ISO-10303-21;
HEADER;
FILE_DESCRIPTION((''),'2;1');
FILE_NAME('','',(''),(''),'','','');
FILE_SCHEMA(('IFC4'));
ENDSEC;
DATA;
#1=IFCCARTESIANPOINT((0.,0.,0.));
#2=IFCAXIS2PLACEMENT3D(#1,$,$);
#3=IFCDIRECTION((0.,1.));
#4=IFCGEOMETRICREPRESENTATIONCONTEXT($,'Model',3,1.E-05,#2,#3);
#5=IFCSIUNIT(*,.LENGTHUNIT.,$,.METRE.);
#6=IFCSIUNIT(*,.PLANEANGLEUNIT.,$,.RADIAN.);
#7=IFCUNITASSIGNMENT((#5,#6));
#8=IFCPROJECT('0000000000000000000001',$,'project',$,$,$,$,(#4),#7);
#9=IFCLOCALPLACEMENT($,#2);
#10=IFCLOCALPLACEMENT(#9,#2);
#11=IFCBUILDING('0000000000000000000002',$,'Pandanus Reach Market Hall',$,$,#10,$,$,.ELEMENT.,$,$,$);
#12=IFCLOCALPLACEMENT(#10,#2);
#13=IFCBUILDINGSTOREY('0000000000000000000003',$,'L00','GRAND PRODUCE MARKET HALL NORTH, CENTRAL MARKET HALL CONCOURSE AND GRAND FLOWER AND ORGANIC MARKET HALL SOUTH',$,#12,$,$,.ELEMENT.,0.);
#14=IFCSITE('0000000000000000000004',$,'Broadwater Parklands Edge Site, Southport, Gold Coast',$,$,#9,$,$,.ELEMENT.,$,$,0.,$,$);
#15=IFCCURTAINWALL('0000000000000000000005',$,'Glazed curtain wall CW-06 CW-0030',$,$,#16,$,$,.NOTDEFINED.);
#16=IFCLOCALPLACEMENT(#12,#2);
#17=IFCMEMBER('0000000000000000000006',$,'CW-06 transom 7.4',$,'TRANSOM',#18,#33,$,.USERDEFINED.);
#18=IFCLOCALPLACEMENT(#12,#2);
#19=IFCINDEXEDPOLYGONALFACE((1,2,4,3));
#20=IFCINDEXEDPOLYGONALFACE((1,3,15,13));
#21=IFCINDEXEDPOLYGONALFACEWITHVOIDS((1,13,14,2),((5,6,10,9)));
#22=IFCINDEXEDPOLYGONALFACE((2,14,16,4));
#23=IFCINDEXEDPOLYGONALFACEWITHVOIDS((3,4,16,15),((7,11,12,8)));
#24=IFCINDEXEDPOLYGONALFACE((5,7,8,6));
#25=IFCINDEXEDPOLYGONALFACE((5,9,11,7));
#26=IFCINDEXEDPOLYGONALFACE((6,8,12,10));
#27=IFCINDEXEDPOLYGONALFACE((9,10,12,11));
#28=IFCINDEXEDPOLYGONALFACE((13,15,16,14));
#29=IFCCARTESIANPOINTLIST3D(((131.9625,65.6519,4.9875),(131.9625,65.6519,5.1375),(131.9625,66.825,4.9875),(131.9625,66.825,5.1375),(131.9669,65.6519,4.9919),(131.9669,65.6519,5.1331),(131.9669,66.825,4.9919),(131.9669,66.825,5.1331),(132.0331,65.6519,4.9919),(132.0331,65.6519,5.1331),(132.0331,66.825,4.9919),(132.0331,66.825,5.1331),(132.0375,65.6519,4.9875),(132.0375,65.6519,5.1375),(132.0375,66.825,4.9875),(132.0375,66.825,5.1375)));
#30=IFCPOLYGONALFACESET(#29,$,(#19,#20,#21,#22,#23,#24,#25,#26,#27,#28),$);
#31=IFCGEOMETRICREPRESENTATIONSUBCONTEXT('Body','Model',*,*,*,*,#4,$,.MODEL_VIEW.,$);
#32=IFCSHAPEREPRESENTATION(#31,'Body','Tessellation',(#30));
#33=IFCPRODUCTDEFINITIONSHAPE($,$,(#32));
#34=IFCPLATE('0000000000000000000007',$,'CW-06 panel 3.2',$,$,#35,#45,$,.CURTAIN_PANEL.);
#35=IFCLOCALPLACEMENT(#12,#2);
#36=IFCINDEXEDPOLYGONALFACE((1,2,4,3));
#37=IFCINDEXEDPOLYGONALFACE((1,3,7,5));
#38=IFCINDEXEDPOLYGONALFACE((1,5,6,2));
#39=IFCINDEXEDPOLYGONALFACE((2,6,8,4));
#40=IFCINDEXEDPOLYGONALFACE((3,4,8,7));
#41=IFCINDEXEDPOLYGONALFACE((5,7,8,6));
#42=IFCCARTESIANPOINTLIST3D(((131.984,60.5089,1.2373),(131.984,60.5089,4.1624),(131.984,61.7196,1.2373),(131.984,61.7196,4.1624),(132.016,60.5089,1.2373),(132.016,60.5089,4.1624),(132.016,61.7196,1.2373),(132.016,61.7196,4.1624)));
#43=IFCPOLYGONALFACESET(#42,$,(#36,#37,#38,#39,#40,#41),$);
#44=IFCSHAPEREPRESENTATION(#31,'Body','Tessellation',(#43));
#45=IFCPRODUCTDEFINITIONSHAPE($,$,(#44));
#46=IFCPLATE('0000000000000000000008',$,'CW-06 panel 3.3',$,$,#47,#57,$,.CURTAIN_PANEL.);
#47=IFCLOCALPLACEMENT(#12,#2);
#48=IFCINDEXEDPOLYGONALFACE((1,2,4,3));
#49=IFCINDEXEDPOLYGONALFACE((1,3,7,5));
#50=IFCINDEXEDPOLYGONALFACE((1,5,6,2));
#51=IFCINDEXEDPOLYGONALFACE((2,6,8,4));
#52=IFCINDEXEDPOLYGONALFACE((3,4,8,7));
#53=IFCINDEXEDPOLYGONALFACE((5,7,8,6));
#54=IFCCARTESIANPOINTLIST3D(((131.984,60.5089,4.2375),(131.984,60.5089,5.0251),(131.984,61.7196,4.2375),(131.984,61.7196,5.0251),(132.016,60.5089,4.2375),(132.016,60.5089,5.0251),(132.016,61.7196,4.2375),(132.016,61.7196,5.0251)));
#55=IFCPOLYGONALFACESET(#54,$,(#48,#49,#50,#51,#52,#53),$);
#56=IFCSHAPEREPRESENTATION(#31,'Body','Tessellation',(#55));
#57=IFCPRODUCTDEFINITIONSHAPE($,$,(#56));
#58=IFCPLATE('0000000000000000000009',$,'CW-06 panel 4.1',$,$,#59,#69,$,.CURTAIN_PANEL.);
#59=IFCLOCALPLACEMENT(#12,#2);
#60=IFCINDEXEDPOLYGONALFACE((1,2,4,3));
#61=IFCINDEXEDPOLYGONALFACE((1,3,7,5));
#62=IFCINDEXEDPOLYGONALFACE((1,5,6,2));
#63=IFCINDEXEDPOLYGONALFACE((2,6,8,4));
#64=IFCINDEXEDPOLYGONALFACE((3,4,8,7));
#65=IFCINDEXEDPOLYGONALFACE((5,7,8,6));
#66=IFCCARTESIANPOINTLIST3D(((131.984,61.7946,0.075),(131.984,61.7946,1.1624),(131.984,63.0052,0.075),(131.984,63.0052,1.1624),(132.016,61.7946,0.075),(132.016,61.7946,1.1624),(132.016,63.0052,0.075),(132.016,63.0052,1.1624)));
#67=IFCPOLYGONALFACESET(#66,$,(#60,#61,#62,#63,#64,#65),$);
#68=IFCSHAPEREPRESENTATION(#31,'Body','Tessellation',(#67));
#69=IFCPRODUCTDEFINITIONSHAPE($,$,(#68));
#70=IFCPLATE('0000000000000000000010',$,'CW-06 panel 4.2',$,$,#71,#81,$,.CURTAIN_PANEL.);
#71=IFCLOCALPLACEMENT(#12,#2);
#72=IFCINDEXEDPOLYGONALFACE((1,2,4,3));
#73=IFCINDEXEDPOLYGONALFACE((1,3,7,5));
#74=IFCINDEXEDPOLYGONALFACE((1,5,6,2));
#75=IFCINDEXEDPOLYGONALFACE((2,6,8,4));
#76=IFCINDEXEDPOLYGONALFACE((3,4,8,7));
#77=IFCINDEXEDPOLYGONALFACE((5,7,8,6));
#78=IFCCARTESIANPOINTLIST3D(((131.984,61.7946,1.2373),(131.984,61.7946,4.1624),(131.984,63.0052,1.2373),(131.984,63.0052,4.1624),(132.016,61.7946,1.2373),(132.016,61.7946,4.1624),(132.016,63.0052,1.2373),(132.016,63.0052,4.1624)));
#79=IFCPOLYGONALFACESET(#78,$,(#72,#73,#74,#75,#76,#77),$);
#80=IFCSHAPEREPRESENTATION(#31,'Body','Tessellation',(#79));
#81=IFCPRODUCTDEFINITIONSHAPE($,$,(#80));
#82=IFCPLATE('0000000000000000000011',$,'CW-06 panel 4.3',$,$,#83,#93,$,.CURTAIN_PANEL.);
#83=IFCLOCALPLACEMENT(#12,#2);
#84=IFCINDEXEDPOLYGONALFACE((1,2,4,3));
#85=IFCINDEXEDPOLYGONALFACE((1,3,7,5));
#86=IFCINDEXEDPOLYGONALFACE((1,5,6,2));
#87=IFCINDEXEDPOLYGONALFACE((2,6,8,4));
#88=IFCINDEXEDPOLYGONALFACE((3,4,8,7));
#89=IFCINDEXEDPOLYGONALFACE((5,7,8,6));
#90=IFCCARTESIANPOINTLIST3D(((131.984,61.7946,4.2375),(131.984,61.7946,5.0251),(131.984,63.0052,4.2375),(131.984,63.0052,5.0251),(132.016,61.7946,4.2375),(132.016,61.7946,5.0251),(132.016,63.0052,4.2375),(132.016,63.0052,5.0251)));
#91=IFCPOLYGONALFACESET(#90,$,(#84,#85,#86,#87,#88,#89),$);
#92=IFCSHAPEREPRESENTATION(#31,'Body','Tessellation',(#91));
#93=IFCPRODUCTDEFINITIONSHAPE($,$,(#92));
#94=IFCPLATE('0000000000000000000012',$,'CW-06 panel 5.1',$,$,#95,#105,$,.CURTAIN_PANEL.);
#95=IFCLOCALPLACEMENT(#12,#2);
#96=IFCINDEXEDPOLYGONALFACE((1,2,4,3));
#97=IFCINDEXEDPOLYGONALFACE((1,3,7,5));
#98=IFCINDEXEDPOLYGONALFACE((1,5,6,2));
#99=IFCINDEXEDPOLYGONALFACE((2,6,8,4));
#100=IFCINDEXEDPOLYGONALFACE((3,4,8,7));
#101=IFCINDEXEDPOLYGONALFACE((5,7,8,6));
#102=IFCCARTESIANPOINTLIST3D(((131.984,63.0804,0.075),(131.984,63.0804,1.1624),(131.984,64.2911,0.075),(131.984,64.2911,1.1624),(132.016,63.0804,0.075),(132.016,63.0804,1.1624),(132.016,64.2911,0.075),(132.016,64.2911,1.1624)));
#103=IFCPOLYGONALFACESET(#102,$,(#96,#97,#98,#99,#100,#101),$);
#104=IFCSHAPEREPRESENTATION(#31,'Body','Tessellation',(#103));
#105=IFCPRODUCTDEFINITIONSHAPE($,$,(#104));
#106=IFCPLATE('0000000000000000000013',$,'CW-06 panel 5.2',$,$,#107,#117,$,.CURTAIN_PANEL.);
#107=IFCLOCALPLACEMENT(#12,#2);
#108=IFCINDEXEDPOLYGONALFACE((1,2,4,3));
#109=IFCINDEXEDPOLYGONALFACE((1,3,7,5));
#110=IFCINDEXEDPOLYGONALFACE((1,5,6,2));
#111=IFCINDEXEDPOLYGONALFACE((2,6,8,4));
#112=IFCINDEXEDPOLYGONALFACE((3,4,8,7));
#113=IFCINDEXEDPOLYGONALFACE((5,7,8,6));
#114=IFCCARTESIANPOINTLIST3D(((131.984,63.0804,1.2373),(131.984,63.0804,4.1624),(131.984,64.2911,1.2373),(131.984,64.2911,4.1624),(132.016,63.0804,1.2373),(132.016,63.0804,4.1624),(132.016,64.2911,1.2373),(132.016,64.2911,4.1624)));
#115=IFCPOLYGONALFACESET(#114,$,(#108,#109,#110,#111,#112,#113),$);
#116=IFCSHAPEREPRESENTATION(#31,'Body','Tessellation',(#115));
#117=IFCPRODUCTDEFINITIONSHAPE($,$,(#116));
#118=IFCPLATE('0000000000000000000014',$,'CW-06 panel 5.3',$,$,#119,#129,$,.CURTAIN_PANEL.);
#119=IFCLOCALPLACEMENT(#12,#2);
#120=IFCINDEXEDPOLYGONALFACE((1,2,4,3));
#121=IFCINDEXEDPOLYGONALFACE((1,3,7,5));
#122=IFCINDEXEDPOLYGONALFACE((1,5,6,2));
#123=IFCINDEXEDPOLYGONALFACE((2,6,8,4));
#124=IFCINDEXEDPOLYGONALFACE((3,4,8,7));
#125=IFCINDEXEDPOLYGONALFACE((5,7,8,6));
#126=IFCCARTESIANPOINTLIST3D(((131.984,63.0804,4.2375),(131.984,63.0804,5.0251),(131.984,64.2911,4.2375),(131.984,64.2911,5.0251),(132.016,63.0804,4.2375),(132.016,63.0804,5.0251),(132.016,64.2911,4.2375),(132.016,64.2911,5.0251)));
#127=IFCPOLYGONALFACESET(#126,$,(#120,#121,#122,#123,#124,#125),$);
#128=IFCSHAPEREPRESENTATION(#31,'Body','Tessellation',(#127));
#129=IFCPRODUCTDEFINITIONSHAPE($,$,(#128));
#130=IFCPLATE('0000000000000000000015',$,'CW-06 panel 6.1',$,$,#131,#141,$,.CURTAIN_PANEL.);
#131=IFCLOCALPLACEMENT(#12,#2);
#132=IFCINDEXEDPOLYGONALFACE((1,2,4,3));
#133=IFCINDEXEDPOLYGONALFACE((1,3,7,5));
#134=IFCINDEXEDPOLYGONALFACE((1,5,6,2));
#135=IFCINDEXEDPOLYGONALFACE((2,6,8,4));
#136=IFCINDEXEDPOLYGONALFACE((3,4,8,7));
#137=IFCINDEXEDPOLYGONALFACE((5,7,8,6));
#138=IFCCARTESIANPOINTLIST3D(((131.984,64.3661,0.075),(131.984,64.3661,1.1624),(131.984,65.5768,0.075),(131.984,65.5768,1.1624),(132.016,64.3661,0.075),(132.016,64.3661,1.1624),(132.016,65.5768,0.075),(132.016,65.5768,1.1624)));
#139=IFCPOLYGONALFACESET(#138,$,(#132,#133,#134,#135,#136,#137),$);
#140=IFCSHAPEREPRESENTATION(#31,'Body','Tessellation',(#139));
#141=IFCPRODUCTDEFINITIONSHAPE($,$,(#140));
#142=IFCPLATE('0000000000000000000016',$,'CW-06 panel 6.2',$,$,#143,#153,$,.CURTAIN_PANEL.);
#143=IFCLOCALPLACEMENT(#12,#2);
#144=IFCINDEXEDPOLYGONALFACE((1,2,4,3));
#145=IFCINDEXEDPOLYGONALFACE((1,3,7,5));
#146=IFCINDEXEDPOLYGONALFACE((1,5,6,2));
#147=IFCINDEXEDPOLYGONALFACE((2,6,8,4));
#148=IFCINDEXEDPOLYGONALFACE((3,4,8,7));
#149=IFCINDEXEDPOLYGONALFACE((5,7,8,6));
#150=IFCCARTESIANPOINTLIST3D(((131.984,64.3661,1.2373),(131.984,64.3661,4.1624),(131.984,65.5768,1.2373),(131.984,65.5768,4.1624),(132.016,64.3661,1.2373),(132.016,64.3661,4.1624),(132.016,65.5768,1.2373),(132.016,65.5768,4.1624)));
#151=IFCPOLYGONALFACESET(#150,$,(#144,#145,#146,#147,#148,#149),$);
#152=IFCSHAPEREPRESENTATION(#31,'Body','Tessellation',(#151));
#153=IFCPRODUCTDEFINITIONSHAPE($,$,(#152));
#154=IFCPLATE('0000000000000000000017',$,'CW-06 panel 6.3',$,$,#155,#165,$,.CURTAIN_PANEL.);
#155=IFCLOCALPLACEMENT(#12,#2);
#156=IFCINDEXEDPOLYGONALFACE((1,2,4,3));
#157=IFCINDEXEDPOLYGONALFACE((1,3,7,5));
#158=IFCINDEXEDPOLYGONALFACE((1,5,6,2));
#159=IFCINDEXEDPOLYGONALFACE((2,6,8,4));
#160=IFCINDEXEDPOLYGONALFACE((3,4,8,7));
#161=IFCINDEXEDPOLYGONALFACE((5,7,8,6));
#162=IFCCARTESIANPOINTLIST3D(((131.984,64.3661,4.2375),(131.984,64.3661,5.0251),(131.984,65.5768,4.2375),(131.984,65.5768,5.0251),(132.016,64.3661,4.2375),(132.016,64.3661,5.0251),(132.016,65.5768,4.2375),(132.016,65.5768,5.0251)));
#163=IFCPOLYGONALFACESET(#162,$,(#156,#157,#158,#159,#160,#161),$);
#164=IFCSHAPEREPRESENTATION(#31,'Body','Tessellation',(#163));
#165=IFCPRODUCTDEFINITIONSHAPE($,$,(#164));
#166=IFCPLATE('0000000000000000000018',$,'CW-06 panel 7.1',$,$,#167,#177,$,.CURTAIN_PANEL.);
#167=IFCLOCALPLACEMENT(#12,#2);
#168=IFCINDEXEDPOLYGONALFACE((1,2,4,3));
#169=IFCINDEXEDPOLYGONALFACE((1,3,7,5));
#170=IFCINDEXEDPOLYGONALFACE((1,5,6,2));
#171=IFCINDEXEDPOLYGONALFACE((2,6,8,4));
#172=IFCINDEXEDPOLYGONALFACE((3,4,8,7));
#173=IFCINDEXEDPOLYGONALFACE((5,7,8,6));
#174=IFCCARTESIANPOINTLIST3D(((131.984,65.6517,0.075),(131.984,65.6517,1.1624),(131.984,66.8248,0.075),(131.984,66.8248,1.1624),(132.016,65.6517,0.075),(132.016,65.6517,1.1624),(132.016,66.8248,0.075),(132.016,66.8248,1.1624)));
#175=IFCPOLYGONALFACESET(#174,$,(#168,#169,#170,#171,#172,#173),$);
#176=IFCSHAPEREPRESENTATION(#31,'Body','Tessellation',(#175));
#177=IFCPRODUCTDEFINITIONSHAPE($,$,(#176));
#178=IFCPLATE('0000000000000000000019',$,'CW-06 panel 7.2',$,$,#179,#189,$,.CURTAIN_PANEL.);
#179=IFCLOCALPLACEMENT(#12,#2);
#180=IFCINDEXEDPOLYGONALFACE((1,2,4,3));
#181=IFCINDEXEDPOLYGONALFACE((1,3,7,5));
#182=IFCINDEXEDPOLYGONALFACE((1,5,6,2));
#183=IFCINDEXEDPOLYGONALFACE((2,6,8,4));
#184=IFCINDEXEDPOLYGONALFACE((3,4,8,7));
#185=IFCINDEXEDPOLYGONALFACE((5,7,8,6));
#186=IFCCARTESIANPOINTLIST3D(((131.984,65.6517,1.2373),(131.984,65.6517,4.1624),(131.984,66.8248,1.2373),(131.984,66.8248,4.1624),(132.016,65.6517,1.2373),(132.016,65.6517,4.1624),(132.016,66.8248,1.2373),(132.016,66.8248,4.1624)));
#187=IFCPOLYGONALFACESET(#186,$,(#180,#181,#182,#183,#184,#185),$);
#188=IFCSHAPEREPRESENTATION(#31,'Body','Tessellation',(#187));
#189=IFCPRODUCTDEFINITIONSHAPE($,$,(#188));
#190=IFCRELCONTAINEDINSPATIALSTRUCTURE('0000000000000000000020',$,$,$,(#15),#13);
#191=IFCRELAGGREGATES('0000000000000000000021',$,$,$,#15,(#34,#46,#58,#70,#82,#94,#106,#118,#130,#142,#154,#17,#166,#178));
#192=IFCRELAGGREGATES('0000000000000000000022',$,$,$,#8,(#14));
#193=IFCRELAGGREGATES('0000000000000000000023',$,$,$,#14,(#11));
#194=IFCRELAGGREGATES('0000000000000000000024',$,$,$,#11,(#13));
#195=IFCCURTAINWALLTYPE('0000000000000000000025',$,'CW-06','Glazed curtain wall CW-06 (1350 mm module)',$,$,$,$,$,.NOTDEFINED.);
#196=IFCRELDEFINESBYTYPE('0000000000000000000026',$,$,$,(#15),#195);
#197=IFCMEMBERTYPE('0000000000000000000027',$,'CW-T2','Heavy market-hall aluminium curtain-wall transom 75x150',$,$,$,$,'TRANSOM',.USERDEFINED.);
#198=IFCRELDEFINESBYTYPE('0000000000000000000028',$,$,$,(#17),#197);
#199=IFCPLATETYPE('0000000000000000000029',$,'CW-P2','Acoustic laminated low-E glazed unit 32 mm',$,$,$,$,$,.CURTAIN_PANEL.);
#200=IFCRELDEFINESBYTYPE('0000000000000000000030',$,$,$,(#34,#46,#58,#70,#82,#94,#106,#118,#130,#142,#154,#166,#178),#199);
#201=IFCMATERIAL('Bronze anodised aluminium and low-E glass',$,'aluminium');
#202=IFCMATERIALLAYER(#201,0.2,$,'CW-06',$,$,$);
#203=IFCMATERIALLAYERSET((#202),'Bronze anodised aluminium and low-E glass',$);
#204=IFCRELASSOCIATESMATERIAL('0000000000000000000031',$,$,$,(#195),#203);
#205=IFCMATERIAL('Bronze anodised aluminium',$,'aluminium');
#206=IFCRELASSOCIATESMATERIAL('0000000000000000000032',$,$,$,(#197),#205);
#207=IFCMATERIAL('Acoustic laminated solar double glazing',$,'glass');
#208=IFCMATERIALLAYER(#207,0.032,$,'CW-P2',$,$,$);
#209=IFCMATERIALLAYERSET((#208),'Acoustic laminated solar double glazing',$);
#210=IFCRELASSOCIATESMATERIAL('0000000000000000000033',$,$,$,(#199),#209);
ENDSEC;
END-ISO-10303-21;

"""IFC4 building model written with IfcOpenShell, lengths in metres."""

from ifc_helpers import new_model, si_unit, direction, frame, origin, origin_2d, place, context, subcontext, project, spatial, rectangle, hollow_rectangle, extrude, material, layer, layer_set, material_profile, profile_set, type_object, element, aggregate, save


model = new_model("IFC4")

# Units and contexts
model_context = context("Model", 3, precision=1e-05, world=origin(), true_north=direction((0.0, 1.0)))
body_context = subcontext(model_context, "Body", "Model", "MODEL_VIEW")
ifc_project = project(units=[si_unit("LENGTHUNIT", "METRE"), si_unit("PLANEANGLEUNIT", "RADIAN")], contexts=[model_context])

# Site, building, storey
site_placement = place(None, origin())
site = spatial("IfcSite", under=ifc_project, at=site_placement, Name="Broadwater Parklands Edge Site, Southport, Gold Coast", CompositionType="ELEMENT", RefElevation=0.0)
building_placement = place(site_placement, origin())
building = spatial("IfcBuilding", under=site, at=building_placement, Name="Pandanus Reach Market Hall", CompositionType="ELEMENT")
storey_placement = place(building_placement, origin())
storey = spatial("IfcBuildingStorey", under=building, at=storey_placement, Name="L00", Description="GRAND PRODUCE MARKET HALL NORTH, CENTRAL MARKET HALL CONCOURSE AND GRAND FLOWER AND ORGANIC MARKET HALL SOUTH", CompositionType="ELEMENT", Elevation=0.0)

# Curtain wall, member, plates
ifc_material_1 = material(Name="Bronze anodised aluminium and low-E glass", Category="aluminium")
ifc_layer_1 = layer(ifc_material_1, 0.2, Name="CW-06")
ifc_layer_set_1 = layer_set([ifc_layer_1], Name="Bronze anodised aluminium and low-E glass")
curtain_wall_type = type_object("IfcCurtainWallType", Name="CW-06", Description="Glazed curtain wall CW-06 (1350 mm module)", PredefinedType="NOTDEFINED", material=ifc_layer_set_1)
curtain_wall_placement = place(storey_placement, origin())
curtain_wall = element("IfcCurtainWall", 1, at=curtain_wall_placement, inside=storey, type_object=curtain_wall_type, Name="Glazed curtain wall CW-06 CW-0030", PredefinedType="NOTDEFINED")
ifc_material_2 = material(Name="Bronze anodised aluminium", Category="aluminium")
ifc_material_profile_1 = material_profile(ifc_material_2, hollow_rectangle(XDim=0.075, YDim=0.1499, WallThickness=0.0044, at=origin_2d()), Name="ALU75x150", Category="LoadBearing")
ifc_profile_set_1 = profile_set([ifc_material_profile_1], Name="Bronze anodised aluminium")
member_type_1 = type_object("IfcMemberType", Name="CW-T2", Description="Heavy market-hall aluminium curtain-wall transom 75x150", ElementType="TRANSOM", PredefinedType="USERDEFINED", material=ifc_profile_set_1)
member_1_placement = place(storey_placement, frame((132.0, 65.6519, 5.0625), z_axis=(0.0, 1.0, 0.0), x_axis=(-1.0, 0.0, 0.0)))
member_1 = element("IfcMember", 2, at=member_1_placement, type_object=member_type_1, Name="CW-06 transom 7.4", ObjectType="TRANSOM", PredefinedType="USERDEFINED", context=body_context, shape_type="SweptSolid", body=[
    extrude(hollow_rectangle(XDim=0.075, YDim=0.1499, WallThickness=0.0044, at=origin_2d()), origin(), (0.0, 0.0, 1.0), 1.1731),
])
ifc_material_3 = material(Name="Acoustic laminated solar double glazing", Category="glass")
ifc_layer_2 = layer(ifc_material_3, 0.032, Name="CW-P2")
ifc_layer_set_2 = layer_set([ifc_layer_2], Name="Acoustic laminated solar double glazing")
plate_type = type_object("IfcPlateType", Name="CW-P2", Description="Acoustic laminated low-E glazed unit 32 mm", PredefinedType="CURTAIN_PANEL", material=ifc_layer_set_2)
plate_1_placement = place(storey_placement, frame((132.0, 61.1143, 1.2373), z_axis=(0.0, 0.0, 1.0), x_axis=(0.0, 1.0, 0.0)))
plate_1 = element("IfcPlate", 3, at=plate_1_placement, type_object=plate_type, Name="CW-06 panel 3.2", PredefinedType="CURTAIN_PANEL", context=body_context, shape_type="SweptSolid", body=[
    extrude(rectangle(XDim=1.2107, YDim=0.032, at=origin_2d()), origin(), (0.0, 0.0, 1.0), 2.925),
])
plate_2_placement = place(storey_placement, frame((132.0, 61.1143, 4.2375), z_axis=(0.0, 0.0, 1.0), x_axis=(0.0, 1.0, 0.0)))
plate_2 = element("IfcPlate", 4, at=plate_2_placement, type_object=plate_type, Name="CW-06 panel 3.3", PredefinedType="CURTAIN_PANEL", context=body_context, shape_type="SweptSolid", body=[
    extrude(rectangle(XDim=1.2107, YDim=0.032, at=origin_2d()), origin(), (0.0, 0.0, 1.0), 0.7876),
])
plate_3_placement = place(storey_placement, frame((132.0, 62.3999, 0.075), z_axis=(0.0, 0.0, 1.0), x_axis=(0.0, 1.0, 0.0)))
plate_3 = element("IfcPlate", 5, at=plate_3_placement, type_object=plate_type, Name="CW-06 panel 4.1", PredefinedType="CURTAIN_PANEL", context=body_context, shape_type="SweptSolid", body=[
    extrude(rectangle(XDim=1.2107, YDim=0.032, at=origin_2d()), origin(), (0.0, 0.0, 1.0), 1.0874),
])
plate_4_placement = place(storey_placement, frame((132.0, 62.3999, 1.2373), z_axis=(0.0, 0.0, 1.0), x_axis=(0.0, 1.0, 0.0)))
plate_4 = element("IfcPlate", 6, at=plate_4_placement, type_object=plate_type, Name="CW-06 panel 4.2", PredefinedType="CURTAIN_PANEL", context=body_context, shape_type="SweptSolid", body=[
    extrude(rectangle(XDim=1.2107, YDim=0.032, at=origin_2d()), origin(), (0.0, 0.0, 1.0), 2.925),
])
plate_5_placement = place(storey_placement, frame((132.0, 62.3999, 4.2375), z_axis=(0.0, 0.0, 1.0), x_axis=(0.0, 1.0, 0.0)))
plate_5 = element("IfcPlate", 7, at=plate_5_placement, type_object=plate_type, Name="CW-06 panel 4.3", PredefinedType="CURTAIN_PANEL", context=body_context, shape_type="SweptSolid", body=[
    extrude(rectangle(XDim=1.2107, YDim=0.032, at=origin_2d()), origin(), (0.0, 0.0, 1.0), 0.7876),
])
plate_6_placement = place(storey_placement, frame((132.0, 63.6858, 0.075), z_axis=(0.0, 0.0, 1.0), x_axis=(0.0, 1.0, 0.0)))
plate_6 = element("IfcPlate", 8, at=plate_6_placement, type_object=plate_type, Name="CW-06 panel 5.1", PredefinedType="CURTAIN_PANEL", context=body_context, shape_type="SweptSolid", body=[
    extrude(rectangle(XDim=1.2107, YDim=0.032, at=origin_2d()), origin(), (0.0, 0.0, 1.0), 1.0874),
])
plate_7_placement = place(storey_placement, frame((132.0, 63.6858, 1.2373), z_axis=(0.0, 0.0, 1.0), x_axis=(0.0, 1.0, 0.0)))
plate_7 = element("IfcPlate", 9, at=plate_7_placement, type_object=plate_type, Name="CW-06 panel 5.2", PredefinedType="CURTAIN_PANEL", context=body_context, shape_type="SweptSolid", body=[
    extrude(rectangle(XDim=1.2107, YDim=0.032, at=origin_2d()), origin(), (0.0, 0.0, 1.0), 2.925),
])
plate_8_placement = place(storey_placement, frame((132.0, 63.6858, 4.2375), z_axis=(0.0, 0.0, 1.0), x_axis=(0.0, 1.0, 0.0)))
plate_8 = element("IfcPlate", 10, at=plate_8_placement, type_object=plate_type, Name="CW-06 panel 5.3", PredefinedType="CURTAIN_PANEL", context=body_context, shape_type="SweptSolid", body=[
    extrude(rectangle(XDim=1.2107, YDim=0.032, at=origin_2d()), origin(), (0.0, 0.0, 1.0), 0.7876),
])
plate_9_placement = place(storey_placement, frame((132.0, 64.9714, 0.075), z_axis=(0.0, 0.0, 1.0), x_axis=(0.0, 1.0, 0.0)))
plate_9 = element("IfcPlate", 11, at=plate_9_placement, type_object=plate_type, Name="CW-06 panel 6.1", PredefinedType="CURTAIN_PANEL", context=body_context, shape_type="SweptSolid", body=[
    extrude(rectangle(XDim=1.2107, YDim=0.032, at=origin_2d()), origin(), (0.0, 0.0, 1.0), 1.0874),
])
plate_10_placement = place(storey_placement, frame((132.0, 64.9714, 1.2373), z_axis=(0.0, 0.0, 1.0), x_axis=(0.0, 1.0, 0.0)))
plate_10 = element("IfcPlate", 12, at=plate_10_placement, type_object=plate_type, Name="CW-06 panel 6.2", PredefinedType="CURTAIN_PANEL", context=body_context, shape_type="SweptSolid", body=[
    extrude(rectangle(XDim=1.2107, YDim=0.032, at=origin_2d()), origin(), (0.0, 0.0, 1.0), 2.925),
])
plate_11_placement = place(storey_placement, frame((132.0, 64.9714, 4.2375), z_axis=(0.0, 0.0, 1.0), x_axis=(0.0, 1.0, 0.0)))
plate_11 = element("IfcPlate", 13, at=plate_11_placement, type_object=plate_type, Name="CW-06 panel 6.3", PredefinedType="CURTAIN_PANEL", context=body_context, shape_type="SweptSolid", body=[
    extrude(rectangle(XDim=1.2107, YDim=0.032, at=origin_2d()), origin(), (0.0, 0.0, 1.0), 0.7876),
])
plate_12_placement = place(storey_placement, frame((132.0, 66.2383, 0.075), z_axis=(0.0, 0.0, 1.0), x_axis=(0.0, 1.0, 0.0)))
plate_12 = element("IfcPlate", 14, at=plate_12_placement, type_object=plate_type, Name="CW-06 panel 7.1", PredefinedType="CURTAIN_PANEL", context=body_context, shape_type="SweptSolid", body=[
    extrude(rectangle(XDim=1.1731, YDim=0.032, at=origin_2d()), origin(), (0.0, 0.0, 1.0), 1.0874),
])
plate_13_placement = place(storey_placement, frame((132.0, 66.2383, 1.2373), z_axis=(0.0, 0.0, 1.0), x_axis=(0.0, 1.0, 0.0)))
plate_13 = element("IfcPlate", 15, at=plate_13_placement, type_object=plate_type, Name="CW-06 panel 7.2", PredefinedType="CURTAIN_PANEL", context=body_context, shape_type="SweptSolid", body=[
    extrude(rectangle(XDim=1.1731, YDim=0.032, at=origin_2d()), origin(), (0.0, 0.0, 1.0), 2.925),
])
aggregate(curtain_wall, [plate_1, plate_2, plate_3, plate_4, plate_5, plate_6, plate_7, plate_8, plate_9, plate_10, plate_11, member_1, plate_12, plate_13])

save(model, "model.ifc")
